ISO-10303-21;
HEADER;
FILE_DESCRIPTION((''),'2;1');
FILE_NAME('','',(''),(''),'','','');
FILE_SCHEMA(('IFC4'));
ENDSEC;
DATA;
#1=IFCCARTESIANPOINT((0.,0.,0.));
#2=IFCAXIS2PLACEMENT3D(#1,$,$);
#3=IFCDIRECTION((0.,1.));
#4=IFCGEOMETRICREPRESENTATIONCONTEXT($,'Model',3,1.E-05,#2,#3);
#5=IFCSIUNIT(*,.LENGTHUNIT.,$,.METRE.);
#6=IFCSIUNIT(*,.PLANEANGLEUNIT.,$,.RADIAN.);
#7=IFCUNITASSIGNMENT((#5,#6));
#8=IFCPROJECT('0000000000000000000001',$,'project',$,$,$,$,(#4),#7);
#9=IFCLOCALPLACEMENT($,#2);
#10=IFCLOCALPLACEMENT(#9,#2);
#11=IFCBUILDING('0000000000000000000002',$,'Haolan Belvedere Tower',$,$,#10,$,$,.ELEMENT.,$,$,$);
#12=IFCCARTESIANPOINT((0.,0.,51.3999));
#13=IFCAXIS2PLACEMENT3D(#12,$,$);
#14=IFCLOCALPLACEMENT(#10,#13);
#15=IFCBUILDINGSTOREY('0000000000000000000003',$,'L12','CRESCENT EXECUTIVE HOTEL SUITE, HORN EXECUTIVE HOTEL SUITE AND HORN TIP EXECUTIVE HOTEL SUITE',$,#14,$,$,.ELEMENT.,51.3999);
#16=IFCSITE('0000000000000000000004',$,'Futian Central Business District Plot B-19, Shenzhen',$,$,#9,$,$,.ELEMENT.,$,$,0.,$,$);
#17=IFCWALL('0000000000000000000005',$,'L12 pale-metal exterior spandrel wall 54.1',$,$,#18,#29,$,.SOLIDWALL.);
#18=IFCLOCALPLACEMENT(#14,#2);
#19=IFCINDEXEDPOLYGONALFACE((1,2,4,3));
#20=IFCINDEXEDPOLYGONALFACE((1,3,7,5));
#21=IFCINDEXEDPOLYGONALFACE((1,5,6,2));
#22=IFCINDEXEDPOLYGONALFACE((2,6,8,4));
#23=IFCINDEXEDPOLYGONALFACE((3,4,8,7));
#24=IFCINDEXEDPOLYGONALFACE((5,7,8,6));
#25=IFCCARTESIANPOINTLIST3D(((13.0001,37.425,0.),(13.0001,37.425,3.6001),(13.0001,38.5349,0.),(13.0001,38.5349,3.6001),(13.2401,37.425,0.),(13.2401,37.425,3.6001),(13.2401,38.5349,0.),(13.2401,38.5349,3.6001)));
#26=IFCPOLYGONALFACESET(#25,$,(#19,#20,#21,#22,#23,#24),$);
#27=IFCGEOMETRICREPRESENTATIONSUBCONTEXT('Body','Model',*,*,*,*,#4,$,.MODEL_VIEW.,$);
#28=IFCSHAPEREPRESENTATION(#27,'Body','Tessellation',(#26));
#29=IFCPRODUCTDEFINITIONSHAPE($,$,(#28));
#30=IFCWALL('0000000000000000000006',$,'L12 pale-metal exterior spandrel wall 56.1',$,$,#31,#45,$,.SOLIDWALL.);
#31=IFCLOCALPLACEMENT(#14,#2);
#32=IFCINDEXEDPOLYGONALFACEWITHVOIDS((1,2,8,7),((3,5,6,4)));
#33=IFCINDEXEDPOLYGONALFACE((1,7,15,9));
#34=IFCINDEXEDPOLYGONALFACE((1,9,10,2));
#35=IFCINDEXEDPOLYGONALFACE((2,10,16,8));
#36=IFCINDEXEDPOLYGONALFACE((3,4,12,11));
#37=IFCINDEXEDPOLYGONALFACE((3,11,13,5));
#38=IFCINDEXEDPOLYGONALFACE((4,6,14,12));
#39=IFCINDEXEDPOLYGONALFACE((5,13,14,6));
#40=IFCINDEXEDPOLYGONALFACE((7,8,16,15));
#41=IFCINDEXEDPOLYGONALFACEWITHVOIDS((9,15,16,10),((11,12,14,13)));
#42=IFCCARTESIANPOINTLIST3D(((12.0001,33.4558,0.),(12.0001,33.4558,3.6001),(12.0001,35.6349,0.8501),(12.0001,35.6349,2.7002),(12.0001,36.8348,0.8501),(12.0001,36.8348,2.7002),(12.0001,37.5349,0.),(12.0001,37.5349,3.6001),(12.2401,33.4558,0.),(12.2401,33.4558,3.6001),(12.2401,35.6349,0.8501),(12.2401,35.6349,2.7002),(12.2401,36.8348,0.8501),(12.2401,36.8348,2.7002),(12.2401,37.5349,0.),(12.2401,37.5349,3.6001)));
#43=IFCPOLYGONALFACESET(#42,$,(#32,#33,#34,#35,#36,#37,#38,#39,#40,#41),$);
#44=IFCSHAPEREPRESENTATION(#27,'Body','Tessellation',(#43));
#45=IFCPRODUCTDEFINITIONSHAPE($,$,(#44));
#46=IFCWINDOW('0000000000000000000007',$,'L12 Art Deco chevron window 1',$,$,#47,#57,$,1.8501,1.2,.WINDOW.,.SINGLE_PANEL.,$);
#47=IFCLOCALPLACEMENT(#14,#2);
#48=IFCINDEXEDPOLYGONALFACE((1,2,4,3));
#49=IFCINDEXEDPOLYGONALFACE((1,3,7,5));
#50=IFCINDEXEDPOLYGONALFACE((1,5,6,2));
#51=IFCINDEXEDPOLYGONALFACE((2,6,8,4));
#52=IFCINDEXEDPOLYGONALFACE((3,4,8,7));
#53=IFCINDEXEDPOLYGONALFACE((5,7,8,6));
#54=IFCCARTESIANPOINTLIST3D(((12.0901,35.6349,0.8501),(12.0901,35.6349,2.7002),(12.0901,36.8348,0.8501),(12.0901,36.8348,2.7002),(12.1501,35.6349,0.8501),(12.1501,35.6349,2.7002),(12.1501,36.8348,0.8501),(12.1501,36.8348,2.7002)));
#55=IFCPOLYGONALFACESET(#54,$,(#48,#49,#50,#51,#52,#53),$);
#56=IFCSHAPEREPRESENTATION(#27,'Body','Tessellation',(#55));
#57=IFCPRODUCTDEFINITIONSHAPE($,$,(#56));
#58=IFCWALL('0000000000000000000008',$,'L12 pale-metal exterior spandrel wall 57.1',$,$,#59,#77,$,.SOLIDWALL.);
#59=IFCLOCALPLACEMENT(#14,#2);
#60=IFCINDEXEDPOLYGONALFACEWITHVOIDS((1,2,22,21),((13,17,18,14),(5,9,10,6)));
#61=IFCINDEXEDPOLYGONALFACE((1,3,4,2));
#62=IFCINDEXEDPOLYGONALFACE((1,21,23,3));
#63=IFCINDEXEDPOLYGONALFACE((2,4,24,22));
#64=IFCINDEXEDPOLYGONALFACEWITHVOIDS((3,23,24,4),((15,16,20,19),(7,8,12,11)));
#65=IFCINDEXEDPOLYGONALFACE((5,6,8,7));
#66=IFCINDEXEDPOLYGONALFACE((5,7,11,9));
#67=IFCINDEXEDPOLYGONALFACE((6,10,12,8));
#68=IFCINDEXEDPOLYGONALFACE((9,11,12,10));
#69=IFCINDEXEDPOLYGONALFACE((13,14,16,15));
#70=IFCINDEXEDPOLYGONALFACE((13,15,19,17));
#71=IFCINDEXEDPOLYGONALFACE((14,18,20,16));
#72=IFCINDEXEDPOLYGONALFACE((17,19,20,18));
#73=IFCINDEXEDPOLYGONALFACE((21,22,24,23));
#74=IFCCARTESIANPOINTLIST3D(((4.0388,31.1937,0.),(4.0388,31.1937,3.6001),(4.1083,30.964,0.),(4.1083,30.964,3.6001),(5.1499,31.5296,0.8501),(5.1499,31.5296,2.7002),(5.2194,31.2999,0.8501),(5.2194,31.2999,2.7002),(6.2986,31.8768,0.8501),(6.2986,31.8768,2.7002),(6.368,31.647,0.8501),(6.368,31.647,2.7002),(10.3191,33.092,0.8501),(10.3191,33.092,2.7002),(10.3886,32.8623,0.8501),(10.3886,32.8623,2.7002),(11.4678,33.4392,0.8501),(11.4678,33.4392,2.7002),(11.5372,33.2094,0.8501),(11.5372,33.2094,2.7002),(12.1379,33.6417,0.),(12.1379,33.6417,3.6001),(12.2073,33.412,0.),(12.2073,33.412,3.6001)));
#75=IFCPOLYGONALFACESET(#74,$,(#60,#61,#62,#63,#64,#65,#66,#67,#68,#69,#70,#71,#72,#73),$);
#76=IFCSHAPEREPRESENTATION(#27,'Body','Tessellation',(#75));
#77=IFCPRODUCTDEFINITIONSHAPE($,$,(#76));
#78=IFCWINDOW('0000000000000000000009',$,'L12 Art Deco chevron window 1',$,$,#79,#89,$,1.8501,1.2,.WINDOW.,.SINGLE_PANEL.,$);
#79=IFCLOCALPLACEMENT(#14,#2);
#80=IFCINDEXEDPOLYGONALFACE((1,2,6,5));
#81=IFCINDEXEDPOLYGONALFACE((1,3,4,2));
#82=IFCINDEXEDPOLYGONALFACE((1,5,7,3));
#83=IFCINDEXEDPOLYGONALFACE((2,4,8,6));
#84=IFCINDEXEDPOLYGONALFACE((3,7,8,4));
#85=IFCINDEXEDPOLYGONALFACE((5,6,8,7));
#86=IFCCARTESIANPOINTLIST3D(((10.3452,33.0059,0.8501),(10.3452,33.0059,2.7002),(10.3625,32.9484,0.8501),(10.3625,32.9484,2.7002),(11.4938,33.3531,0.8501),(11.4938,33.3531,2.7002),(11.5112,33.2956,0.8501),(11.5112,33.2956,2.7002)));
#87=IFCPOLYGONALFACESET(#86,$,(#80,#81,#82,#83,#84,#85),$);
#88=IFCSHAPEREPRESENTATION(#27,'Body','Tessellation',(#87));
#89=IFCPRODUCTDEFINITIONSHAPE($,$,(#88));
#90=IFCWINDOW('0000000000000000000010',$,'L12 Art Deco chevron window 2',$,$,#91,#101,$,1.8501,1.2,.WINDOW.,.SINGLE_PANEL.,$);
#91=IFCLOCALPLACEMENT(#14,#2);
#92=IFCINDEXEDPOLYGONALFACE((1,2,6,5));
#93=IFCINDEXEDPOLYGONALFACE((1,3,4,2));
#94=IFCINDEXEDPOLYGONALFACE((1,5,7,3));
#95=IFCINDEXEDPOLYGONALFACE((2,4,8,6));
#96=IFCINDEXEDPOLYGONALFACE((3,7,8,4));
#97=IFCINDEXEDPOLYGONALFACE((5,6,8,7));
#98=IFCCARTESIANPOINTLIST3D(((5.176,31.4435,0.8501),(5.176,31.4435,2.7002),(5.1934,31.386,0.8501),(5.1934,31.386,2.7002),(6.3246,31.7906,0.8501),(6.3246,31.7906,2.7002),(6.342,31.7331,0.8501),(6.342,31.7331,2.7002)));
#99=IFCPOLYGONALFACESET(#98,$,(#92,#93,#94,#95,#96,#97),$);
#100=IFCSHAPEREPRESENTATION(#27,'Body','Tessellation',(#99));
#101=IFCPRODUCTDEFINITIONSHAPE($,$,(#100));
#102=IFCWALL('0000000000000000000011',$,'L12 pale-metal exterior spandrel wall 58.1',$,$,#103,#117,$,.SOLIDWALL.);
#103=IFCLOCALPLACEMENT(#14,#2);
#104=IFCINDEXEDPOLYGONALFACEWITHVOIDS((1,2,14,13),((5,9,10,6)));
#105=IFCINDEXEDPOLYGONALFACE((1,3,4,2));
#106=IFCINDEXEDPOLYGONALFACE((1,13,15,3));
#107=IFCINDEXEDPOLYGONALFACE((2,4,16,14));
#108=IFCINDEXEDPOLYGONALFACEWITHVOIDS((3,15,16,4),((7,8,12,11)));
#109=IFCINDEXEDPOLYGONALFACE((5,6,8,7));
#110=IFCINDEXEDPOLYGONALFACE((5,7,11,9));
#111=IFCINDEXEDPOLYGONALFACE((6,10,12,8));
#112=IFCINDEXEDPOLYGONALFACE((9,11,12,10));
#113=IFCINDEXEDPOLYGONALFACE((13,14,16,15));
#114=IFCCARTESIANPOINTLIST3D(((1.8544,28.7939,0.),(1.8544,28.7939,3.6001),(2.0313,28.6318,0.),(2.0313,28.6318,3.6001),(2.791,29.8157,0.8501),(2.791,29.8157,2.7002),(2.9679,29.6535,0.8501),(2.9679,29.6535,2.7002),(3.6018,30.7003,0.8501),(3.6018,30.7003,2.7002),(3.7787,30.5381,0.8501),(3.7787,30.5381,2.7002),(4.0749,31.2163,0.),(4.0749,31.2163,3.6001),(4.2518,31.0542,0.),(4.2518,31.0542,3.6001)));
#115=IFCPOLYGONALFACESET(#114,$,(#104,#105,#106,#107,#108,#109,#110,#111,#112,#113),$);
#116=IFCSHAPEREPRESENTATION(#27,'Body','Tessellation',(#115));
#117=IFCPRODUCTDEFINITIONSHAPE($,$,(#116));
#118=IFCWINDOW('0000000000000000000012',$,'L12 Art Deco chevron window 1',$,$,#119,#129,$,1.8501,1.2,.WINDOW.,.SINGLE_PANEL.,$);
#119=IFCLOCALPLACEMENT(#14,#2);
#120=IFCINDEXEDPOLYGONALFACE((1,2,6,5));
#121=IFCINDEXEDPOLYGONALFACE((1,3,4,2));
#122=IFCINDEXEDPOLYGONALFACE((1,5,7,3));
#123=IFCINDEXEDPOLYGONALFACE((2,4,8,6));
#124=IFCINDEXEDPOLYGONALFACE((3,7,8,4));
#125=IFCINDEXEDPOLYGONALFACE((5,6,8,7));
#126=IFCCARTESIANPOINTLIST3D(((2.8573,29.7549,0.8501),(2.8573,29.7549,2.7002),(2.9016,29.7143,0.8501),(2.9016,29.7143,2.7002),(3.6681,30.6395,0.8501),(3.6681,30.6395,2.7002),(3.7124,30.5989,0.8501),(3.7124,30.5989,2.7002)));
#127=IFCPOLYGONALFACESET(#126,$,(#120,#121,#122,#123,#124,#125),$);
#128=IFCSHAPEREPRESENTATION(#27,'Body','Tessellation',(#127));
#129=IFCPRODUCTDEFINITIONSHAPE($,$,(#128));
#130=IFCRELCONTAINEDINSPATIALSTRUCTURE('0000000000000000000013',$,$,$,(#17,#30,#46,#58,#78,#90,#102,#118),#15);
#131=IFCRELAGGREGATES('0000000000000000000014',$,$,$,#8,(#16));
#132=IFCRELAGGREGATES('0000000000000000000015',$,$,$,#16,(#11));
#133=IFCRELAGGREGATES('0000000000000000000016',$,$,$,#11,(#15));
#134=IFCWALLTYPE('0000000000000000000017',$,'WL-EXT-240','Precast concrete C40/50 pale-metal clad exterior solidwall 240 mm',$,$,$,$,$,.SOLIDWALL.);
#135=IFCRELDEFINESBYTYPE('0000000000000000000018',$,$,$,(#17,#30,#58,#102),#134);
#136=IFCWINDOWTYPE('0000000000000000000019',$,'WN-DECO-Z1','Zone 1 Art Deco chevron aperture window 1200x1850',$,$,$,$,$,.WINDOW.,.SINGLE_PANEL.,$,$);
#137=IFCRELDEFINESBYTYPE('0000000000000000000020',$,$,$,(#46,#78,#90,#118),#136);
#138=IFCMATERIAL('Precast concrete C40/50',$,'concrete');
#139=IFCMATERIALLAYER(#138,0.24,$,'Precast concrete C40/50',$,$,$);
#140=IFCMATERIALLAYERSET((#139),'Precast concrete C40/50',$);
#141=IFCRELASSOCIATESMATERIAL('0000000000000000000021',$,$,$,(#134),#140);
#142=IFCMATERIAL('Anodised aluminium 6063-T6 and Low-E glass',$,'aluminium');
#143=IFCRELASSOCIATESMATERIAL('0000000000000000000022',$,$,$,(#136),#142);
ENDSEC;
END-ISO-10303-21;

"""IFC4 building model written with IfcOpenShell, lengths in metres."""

from ifc_helpers import new_model, si_unit, direction, frame, frame_2d, origin, place, context, subcontext, project, spatial, rectangle, extrude, material, layer, layer_set, type_object, element, fill, save


model = new_model("IFC4")

# Units and contexts
model_context = context("Model", 3, precision=1e-05, world=origin(), true_north=direction((0.0, 1.0)))
body_context = subcontext(model_context, "Body", "Model", "MODEL_VIEW")
ifc_project = project(units=[si_unit("LENGTHUNIT", "METRE"), si_unit("PLANEANGLEUNIT", "RADIAN")], contexts=[model_context])

# Site, building, storey
site_placement = place(None, origin())
site = spatial("IfcSite", under=ifc_project, at=site_placement, Name="Futian Central Business District Plot B-19, Shenzhen", CompositionType="ELEMENT", RefElevation=0.0)
building_placement = place(site_placement, origin())
building = spatial("IfcBuilding", under=site, at=building_placement, Name="Haolan Belvedere Tower", CompositionType="ELEMENT")
storey_placement = place(building_placement, frame((0.0, 0.0, 51.3999)))
storey = spatial("IfcBuildingStorey", under=building, at=storey_placement, Name="L12", Description="CRESCENT EXECUTIVE HOTEL SUITE, HORN EXECUTIVE HOTEL SUITE AND HORN TIP EXECUTIVE HOTEL SUITE", CompositionType="ELEMENT", Elevation=51.3999)

# Wall
ifc_material_1 = material(Name="Precast concrete C40/50", Category="concrete")
ifc_layer_1 = layer(ifc_material_1, 0.24, Name="Precast concrete C40/50")
ifc_layer_set_1 = layer_set([ifc_layer_1], Name="Precast concrete C40/50")
wall_type_1 = type_object("IfcWallType", Name="WL-EXT-240", Description="Precast concrete C40/50 pale-metal clad exterior solidwall 240 mm", PredefinedType="SOLIDWALL", material=ifc_layer_set_1)
wall_1_placement = place(storey_placement, frame((13.1201, 38.5349, 0.0), z_axis=(0.0, 0.0, 1.0), x_axis=(0.0, -1.0, 0.0)))
element("IfcWall", 1, at=wall_1_placement, inside=storey, type_object=wall_type_1, Name="L12 pale-metal exterior spandrel wall 54.1", PredefinedType="SOLIDWALL", context=body_context, shape_type="SweptSolid", body=[
    extrude(rectangle(XDim=1.1099, YDim=0.24, at=frame_2d((0.5549, 0.0))), origin(), (0.0, 0.0, 1.0), 3.6001),
])

# Wall, opening, window
wall_2_placement = place(storey_placement, frame((12.1201, 37.5349, 0.0), z_axis=(0.0, 0.0, 1.0), x_axis=(0.0, -1.0, 0.0)))
wall_2 = element("IfcWall", 2, at=wall_2_placement, inside=storey, type_object=wall_type_1, Name="L12 pale-metal exterior spandrel wall 56.1", PredefinedType="SOLIDWALL", context=body_context, shape_type="SweptSolid", body=[
    extrude(rectangle(XDim=4.0791, YDim=0.24, at=frame_2d((2.0396, 0.0))), origin(), (0.0, 0.0, 1.0), 3.6001),
])
opening_1_placement = place(wall_2_placement, frame((0.7, 0.0, 0.8501)))
opening_1 = element("IfcOpeningElement", 3, at=opening_1_placement, cuts=wall_2, PredefinedType="OPENING", context=body_context, shape_type="SweptSolid", body=[
    extrude(rectangle(XDim=1.2, YDim=1.8501, at=frame_2d((0.6001, 0.925))), frame((0.0, 0.1299, 0.0), z_axis=(0.0, -1.0, 0.0), x_axis=(1.0, 0.0, 0.0)), (0.0, 0.0, 1.0), 0.26),
])
ifc_material_2 = material(Name="Anodised aluminium 6063-T6 and Low-E glass", Category="aluminium")
window_type = type_object("IfcWindowType", Name="WN-DECO-Z1", Description="Zone 1 Art Deco chevron aperture window 1200x1850", PartitioningType="SINGLE_PANEL", PredefinedType="WINDOW", material=ifc_material_2)
window_1_placement = place(opening_1_placement, origin())
window_1 = element("IfcWindow", 4, at=window_1_placement, inside=storey, type_object=window_type, Name="L12 Art Deco chevron window 1", OverallHeight=1.8501, OverallWidth=1.2, PartitioningType="SINGLE_PANEL", PredefinedType="WINDOW", context=body_context, shape_type="SweptSolid", body=[
    extrude(rectangle(XDim=1.2, YDim=1.8501, at=frame_2d((0.6001, 0.925))), frame((0.0, 0.03, 0.0), z_axis=(0.0, -1.0, 0.0), x_axis=(1.0, 0.0, 0.0)), (0.0, 0.0, 1.0), 0.0601),
])
fill(opening_1, window_1)

# Wall, openings, windows
wall_3_placement = place(storey_placement, frame((12.1726, 33.5269, 0.0), z_axis=(0.0, 0.0, 1.0), x_axis=(-0.95723, -0.289327, 0.0)))
wall_3 = element("IfcWall", 5, at=wall_3_placement, inside=storey, type_object=wall_type_1, Name="L12 pale-metal exterior spandrel wall 57.1", PredefinedType="SOLIDWALL", context=body_context, shape_type="SweptSolid", body=[
    extrude(rectangle(XDim=8.4609, YDim=0.24, at=frame_2d((4.2305, 0.0))), origin(), (0.0, 0.0, 1.0), 3.6001),
])
opening_2_placement = place(wall_3_placement, frame((0.7, 0.0, 0.8501)))
opening_2 = element("IfcOpeningElement", 6, at=opening_2_placement, cuts=wall_3, PredefinedType="OPENING", context=body_context, shape_type="SweptSolid", body=[
    extrude(rectangle(XDim=1.2, YDim=1.8501, at=frame_2d((0.6001, 0.925))), frame((0.0, 0.1299, 0.0), z_axis=(0.0, -1.0, 0.0), x_axis=(1.0, 0.0, 0.0)), (0.0, 0.0, 1.0), 0.26),
])
opening_3_placement = place(wall_3_placement, frame((6.1001, 0.0, 0.8501)))
opening_3 = element("IfcOpeningElement", 7, at=opening_3_placement, cuts=wall_3, PredefinedType="OPENING", context=body_context, shape_type="SweptSolid", body=[
    extrude(rectangle(XDim=1.2, YDim=1.8501, at=frame_2d((0.6001, 0.925))), frame((0.0, 0.1299, 0.0), z_axis=(0.0, -1.0, 0.0), x_axis=(1.0, 0.0, 0.0)), (0.0, 0.0, 1.0), 0.26),
])
window_2_placement = place(opening_2_placement, origin())
window_2 = element("IfcWindow", 8, at=window_2_placement, inside=storey, type_object=window_type, Name="L12 Art Deco chevron window 1", OverallHeight=1.8501, OverallWidth=1.2, PartitioningType="SINGLE_PANEL", PredefinedType="WINDOW", context=body_context, shape_type="SweptSolid", body=[
    extrude(rectangle(XDim=1.2, YDim=1.8501, at=frame_2d((0.6001, 0.925))), frame((0.0, 0.03, 0.0), z_axis=(0.0, -1.0, 0.0), x_axis=(1.0, 0.0, 0.0)), (0.0, 0.0, 1.0), 0.0601),
])
fill(opening_2, window_2)
window_3_placement = place(opening_3_placement, origin())
window_3 = element("IfcWindow", 9, at=window_3_placement, inside=storey, type_object=window_type, Name="L12 Art Deco chevron window 2", OverallHeight=1.8501, OverallWidth=1.2, PartitioningType="SINGLE_PANEL", PredefinedType="WINDOW", context=body_context, shape_type="SweptSolid", body=[
    extrude(rectangle(XDim=1.2, YDim=1.8501, at=frame_2d((0.6001, 0.925))), frame((0.0, 0.03, 0.0), z_axis=(0.0, -1.0, 0.0), x_axis=(1.0, 0.0, 0.0)), (0.0, 0.0, 1.0), 0.0601),
])
fill(opening_3, window_3)

# Wall, opening, window
wall_4_placement = place(storey_placement, frame((4.1633, 31.1353, 0.0), z_axis=(0.0, 0.0, 1.0), x_axis=(-0.675718, -0.73716, 0.0)))
wall_4 = element("IfcWall", 10, at=wall_4_placement, inside=storey, type_object=wall_type_1, Name="L12 pale-metal exterior spandrel wall 58.1", PredefinedType="SOLIDWALL", context=body_context, shape_type="SweptSolid", body=[
    extrude(rectangle(XDim=3.2861, YDim=0.24, at=frame_2d((1.6431, 0.0))), origin(), (0.0, 0.0, 1.0), 3.6001),
])
opening_4_placement = place(wall_4_placement, frame((0.7, 0.0, 0.8501)))
opening_4 = element("IfcOpeningElement", 11, at=opening_4_placement, cuts=wall_4, PredefinedType="OPENING", context=body_context, shape_type="SweptSolid", body=[
    extrude(rectangle(XDim=1.2, YDim=1.8501, at=frame_2d((0.6001, 0.925))), frame((0.0, 0.1299, 0.0), z_axis=(0.0, -1.0, 0.0), x_axis=(1.0, 0.0, 0.0)), (0.0, 0.0, 1.0), 0.26),
])
window_4_placement = place(opening_4_placement, origin())
window_4 = element("IfcWindow", 12, at=window_4_placement, inside=storey, type_object=window_type, Name="L12 Art Deco chevron window 1", OverallHeight=1.8501, OverallWidth=1.2, PartitioningType="SINGLE_PANEL", PredefinedType="WINDOW", context=body_context, shape_type="SweptSolid", body=[
    extrude(rectangle(XDim=1.2, YDim=1.8501, at=frame_2d((0.6001, 0.925))), frame((0.0, 0.03, 0.0), z_axis=(0.0, -1.0, 0.0), x_axis=(1.0, 0.0, 0.0)), (0.0, 0.0, 1.0), 0.0601),
])
fill(opening_4, window_4)

save(model, "model.ifc")
